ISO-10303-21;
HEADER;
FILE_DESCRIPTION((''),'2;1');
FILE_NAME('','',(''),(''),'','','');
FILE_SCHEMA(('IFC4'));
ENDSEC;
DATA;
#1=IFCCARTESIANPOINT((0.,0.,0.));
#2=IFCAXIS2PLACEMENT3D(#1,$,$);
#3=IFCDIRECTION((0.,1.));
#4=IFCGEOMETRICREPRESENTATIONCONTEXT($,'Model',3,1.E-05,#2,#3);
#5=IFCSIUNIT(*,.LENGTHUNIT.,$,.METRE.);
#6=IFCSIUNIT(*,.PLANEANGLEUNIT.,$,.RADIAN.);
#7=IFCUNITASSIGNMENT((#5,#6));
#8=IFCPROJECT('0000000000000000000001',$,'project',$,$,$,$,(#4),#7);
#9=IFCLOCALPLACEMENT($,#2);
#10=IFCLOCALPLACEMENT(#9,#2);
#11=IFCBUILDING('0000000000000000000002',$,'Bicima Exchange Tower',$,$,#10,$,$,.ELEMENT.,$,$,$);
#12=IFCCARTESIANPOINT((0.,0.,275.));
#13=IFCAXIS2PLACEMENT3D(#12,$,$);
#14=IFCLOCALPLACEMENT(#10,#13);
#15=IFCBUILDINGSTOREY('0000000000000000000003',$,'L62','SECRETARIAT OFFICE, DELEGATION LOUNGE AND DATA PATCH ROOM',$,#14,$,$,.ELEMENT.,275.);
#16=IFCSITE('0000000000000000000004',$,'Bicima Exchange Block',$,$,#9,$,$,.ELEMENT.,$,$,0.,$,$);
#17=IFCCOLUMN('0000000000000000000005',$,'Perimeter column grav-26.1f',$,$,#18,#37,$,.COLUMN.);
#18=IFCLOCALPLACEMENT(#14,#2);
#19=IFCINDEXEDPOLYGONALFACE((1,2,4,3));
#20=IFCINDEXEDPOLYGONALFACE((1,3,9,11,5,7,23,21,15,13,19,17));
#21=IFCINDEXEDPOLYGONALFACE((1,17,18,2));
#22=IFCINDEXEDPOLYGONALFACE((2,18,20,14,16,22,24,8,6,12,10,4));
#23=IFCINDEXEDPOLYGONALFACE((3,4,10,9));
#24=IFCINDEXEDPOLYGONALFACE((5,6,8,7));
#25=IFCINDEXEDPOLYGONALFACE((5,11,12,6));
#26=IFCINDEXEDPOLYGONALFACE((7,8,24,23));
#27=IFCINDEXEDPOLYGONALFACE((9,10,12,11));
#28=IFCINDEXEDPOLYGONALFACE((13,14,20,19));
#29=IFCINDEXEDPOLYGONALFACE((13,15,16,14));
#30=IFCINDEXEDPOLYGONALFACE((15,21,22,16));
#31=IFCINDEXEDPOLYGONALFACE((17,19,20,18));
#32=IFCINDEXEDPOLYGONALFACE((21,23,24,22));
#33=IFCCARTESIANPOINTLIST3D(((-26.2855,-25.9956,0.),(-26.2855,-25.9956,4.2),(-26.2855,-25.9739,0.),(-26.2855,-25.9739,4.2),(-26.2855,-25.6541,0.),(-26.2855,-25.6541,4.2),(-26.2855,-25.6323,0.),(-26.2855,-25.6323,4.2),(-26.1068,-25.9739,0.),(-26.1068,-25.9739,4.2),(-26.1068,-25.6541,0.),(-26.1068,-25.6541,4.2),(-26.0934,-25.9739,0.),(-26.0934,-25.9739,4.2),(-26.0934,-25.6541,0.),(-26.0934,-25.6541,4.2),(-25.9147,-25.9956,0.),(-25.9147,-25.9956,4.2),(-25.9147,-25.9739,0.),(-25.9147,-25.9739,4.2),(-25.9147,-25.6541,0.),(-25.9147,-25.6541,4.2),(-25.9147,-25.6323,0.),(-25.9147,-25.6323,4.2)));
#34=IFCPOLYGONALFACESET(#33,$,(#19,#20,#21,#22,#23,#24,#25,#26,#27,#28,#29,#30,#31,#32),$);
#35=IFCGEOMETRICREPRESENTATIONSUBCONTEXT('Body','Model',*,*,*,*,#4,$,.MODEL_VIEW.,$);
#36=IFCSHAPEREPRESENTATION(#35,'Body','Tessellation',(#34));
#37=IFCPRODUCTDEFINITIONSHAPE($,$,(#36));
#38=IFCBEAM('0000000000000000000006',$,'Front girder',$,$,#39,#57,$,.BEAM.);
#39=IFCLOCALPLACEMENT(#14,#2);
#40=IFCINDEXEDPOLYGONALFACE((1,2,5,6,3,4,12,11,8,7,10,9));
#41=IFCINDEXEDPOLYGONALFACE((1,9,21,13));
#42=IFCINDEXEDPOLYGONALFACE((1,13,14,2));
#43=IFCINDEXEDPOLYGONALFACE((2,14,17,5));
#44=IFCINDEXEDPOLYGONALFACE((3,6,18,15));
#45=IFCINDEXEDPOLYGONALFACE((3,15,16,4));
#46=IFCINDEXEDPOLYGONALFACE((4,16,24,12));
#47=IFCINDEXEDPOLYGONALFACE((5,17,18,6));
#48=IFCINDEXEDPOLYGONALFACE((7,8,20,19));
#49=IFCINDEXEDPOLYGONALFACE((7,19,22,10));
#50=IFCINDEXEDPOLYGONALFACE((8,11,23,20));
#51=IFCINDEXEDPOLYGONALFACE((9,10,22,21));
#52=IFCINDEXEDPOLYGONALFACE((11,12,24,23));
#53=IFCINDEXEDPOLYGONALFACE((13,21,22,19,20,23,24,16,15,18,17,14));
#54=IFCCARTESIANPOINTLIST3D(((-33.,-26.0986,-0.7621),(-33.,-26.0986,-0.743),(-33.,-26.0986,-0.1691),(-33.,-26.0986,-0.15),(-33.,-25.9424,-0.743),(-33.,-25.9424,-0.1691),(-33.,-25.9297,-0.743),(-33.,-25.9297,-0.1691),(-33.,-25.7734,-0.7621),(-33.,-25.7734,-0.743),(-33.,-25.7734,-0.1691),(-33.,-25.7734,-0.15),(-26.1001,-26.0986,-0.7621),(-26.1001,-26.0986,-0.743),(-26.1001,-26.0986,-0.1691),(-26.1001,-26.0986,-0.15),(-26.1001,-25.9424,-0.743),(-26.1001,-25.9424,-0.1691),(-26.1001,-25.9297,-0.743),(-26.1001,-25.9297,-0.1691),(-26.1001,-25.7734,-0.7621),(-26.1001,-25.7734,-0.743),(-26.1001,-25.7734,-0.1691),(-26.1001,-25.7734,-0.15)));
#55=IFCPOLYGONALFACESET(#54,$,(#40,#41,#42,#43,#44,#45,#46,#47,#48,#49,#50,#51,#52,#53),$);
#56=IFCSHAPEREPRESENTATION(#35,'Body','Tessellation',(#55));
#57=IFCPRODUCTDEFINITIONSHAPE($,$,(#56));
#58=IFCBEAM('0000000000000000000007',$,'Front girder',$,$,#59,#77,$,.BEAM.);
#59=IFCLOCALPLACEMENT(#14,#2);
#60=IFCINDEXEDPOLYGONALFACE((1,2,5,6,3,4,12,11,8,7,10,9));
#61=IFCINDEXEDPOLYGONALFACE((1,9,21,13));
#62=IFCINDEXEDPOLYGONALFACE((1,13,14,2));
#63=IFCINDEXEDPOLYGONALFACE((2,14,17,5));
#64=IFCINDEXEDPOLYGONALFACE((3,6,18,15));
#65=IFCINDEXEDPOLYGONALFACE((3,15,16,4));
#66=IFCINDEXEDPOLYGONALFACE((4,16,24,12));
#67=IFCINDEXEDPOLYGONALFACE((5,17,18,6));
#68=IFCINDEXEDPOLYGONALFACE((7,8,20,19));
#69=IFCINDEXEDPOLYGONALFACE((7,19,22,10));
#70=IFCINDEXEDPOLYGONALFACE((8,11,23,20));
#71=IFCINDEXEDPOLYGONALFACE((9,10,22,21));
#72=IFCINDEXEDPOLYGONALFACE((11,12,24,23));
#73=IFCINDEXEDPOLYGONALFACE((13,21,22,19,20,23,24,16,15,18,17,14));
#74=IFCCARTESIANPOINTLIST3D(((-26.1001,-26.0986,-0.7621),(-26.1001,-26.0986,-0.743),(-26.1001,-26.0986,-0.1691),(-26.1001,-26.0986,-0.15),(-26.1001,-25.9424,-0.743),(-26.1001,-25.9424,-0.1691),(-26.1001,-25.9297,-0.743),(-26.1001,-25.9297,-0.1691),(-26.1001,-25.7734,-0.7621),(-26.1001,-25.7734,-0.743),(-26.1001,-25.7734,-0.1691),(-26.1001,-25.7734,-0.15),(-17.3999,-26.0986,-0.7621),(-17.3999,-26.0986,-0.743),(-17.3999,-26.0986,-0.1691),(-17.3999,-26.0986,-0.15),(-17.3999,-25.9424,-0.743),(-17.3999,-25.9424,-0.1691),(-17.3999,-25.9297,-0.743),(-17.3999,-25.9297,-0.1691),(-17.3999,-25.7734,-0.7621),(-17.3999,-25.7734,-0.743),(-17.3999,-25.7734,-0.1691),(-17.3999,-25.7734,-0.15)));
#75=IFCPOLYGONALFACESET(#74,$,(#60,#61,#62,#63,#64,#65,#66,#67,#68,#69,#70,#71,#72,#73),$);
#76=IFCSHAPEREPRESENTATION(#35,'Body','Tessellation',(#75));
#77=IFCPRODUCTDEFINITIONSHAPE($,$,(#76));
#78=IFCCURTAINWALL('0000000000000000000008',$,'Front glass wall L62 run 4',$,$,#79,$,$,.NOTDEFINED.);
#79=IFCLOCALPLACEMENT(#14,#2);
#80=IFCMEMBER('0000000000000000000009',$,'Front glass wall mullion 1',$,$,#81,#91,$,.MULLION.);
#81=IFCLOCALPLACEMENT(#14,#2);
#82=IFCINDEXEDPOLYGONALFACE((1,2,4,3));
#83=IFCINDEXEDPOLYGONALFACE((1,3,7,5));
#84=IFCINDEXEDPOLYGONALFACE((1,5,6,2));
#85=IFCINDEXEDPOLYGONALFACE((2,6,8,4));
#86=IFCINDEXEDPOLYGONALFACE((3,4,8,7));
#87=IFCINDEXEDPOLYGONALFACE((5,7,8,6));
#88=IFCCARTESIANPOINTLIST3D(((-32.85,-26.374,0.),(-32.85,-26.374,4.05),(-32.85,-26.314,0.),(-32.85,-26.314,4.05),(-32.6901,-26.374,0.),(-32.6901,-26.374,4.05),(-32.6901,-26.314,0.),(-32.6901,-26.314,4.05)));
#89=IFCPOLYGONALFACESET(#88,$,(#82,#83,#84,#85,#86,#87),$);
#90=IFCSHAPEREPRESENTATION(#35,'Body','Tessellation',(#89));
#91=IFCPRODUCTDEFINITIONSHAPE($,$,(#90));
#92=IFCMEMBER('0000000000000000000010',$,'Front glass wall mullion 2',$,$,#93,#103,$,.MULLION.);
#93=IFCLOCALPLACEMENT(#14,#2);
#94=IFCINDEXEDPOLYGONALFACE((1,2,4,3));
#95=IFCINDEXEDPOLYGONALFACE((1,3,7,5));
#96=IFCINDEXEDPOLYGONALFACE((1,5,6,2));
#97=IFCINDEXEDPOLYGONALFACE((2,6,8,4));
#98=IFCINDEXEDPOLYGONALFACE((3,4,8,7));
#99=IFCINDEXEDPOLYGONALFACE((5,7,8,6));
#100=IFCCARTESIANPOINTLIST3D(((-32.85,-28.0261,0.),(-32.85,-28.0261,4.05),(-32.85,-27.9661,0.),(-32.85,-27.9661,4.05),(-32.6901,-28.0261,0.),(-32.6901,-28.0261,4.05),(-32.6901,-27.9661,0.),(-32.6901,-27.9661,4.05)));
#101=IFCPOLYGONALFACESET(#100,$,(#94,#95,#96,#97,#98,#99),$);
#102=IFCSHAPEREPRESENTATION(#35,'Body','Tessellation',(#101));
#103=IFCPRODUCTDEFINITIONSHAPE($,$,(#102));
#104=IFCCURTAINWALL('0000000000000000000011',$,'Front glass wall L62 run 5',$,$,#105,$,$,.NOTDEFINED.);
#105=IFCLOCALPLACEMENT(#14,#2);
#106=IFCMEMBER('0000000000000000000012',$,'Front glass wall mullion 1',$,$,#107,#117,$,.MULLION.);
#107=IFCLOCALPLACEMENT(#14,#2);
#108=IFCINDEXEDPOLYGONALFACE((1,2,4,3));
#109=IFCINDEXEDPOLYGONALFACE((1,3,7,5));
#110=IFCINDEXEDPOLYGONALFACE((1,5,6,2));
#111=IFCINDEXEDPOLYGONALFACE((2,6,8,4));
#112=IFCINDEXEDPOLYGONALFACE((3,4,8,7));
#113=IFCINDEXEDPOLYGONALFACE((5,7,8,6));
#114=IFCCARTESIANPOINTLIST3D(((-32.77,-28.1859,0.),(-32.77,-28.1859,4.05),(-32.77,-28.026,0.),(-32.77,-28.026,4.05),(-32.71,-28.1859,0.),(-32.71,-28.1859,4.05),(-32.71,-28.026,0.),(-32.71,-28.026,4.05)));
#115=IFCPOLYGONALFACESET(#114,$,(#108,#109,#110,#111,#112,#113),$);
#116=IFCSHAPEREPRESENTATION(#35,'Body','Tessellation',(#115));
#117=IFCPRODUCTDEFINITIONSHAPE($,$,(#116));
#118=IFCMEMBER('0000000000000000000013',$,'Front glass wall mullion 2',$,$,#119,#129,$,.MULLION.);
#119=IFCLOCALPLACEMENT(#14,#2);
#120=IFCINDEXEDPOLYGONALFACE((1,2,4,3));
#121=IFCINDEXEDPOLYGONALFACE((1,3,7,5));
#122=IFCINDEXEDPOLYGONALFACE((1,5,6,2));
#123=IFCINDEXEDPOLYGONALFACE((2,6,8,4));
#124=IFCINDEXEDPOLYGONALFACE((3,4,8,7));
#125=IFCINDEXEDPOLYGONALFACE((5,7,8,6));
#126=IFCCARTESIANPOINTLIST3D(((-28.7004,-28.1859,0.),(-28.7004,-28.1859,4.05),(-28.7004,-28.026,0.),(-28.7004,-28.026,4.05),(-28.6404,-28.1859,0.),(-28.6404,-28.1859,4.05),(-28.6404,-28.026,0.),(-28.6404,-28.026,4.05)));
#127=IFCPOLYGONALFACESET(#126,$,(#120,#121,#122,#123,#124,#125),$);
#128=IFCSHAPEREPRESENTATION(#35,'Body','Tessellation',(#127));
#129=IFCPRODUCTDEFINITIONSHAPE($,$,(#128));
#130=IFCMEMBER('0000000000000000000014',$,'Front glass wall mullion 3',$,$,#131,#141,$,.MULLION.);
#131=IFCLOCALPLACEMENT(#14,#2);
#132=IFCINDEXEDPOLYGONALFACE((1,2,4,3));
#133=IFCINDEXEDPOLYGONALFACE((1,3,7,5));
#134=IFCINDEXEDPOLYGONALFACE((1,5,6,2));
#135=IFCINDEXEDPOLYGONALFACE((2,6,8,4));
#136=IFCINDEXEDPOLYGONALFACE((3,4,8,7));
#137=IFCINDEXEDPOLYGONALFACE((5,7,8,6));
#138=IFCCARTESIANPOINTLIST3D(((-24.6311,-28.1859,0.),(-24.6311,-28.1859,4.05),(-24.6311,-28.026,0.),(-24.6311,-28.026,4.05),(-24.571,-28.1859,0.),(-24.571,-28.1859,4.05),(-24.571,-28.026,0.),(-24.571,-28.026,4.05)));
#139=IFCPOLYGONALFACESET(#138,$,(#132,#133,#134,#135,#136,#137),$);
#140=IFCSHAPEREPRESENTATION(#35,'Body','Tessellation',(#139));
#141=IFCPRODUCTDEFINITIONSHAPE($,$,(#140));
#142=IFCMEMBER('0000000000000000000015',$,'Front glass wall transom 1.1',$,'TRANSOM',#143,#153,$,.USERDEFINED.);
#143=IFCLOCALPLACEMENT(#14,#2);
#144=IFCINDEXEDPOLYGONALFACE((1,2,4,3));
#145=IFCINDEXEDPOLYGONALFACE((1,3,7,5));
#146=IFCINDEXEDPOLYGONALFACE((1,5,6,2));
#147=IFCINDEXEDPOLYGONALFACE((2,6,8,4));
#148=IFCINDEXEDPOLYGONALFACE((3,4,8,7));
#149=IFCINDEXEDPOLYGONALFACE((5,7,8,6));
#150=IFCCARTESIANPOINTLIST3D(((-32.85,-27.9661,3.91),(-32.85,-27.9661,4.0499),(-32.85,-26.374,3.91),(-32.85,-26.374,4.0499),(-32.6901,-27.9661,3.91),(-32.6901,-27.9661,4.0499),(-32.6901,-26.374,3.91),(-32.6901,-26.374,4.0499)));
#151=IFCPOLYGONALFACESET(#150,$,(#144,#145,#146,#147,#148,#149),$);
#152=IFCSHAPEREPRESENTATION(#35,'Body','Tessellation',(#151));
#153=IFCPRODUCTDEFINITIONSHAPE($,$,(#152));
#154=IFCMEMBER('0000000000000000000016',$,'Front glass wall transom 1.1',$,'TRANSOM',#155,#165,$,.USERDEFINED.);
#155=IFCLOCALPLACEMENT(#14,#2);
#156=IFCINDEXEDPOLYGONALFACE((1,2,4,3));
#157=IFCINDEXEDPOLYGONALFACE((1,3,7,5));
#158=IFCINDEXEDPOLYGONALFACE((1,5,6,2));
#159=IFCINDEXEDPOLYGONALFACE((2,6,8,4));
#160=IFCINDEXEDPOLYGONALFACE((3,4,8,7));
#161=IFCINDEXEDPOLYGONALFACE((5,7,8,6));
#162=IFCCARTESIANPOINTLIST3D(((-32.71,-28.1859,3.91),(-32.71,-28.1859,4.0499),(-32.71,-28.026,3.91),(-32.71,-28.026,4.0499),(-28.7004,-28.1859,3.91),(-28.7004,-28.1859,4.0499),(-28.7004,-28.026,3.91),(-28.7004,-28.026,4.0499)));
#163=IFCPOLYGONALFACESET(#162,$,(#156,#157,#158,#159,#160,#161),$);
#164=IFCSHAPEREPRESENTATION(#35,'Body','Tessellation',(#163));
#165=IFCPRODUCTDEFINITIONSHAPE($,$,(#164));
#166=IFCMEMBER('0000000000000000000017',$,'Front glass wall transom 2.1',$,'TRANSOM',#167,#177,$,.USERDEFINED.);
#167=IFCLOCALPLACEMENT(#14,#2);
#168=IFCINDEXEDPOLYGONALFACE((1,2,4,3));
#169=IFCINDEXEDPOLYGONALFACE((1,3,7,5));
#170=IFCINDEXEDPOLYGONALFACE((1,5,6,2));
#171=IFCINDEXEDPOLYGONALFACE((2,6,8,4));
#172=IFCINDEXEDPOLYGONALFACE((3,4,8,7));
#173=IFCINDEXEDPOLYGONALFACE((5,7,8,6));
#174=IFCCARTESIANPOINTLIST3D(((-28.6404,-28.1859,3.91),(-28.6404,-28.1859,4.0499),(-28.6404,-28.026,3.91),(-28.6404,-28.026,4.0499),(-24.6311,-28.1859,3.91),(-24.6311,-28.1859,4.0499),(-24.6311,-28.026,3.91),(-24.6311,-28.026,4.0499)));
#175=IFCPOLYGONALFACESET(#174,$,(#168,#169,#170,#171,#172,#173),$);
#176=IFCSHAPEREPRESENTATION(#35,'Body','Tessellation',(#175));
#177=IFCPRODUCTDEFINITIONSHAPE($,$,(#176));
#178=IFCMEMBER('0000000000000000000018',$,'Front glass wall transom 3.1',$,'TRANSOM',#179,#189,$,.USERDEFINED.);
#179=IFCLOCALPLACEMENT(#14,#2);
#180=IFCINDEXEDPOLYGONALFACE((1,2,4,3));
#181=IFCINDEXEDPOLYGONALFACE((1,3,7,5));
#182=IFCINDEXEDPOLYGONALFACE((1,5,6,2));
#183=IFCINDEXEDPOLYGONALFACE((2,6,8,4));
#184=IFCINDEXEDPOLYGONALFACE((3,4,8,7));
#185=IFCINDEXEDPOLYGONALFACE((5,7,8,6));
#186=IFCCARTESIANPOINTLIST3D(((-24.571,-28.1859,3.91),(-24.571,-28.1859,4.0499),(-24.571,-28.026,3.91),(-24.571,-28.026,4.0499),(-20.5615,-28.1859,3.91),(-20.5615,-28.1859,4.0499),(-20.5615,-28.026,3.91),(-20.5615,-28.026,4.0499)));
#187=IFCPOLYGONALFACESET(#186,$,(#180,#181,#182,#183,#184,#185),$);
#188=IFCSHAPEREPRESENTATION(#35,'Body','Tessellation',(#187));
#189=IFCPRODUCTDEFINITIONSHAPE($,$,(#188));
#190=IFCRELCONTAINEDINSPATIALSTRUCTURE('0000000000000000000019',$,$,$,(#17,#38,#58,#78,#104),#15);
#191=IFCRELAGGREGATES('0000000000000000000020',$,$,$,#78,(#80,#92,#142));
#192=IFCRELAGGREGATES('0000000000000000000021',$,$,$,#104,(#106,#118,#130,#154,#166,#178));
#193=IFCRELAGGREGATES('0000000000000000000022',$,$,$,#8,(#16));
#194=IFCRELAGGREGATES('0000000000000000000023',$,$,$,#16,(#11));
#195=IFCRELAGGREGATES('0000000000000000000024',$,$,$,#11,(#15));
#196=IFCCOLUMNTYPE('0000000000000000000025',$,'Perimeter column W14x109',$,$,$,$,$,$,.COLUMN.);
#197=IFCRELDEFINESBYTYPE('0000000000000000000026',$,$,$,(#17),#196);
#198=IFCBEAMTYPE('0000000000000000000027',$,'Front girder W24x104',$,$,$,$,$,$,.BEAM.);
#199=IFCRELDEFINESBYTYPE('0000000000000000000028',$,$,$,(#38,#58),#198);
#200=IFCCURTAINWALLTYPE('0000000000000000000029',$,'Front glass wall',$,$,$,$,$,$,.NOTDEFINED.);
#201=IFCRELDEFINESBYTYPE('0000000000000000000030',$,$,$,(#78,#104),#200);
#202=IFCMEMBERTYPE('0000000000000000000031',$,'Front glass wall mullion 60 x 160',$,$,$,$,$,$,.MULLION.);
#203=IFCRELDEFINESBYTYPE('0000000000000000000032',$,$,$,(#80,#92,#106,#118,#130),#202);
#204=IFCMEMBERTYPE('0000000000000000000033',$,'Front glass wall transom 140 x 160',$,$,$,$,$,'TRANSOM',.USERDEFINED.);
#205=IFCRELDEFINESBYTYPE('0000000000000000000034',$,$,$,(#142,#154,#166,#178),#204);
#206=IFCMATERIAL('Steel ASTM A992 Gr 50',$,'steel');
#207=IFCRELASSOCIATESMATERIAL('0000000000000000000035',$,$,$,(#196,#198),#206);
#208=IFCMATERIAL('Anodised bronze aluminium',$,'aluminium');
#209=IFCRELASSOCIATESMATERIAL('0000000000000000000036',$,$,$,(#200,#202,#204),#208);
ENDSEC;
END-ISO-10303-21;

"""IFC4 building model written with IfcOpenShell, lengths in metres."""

from ifc_helpers import new_model, si_unit, direction, frame, origin, origin_2d, place, context, subcontext, project, spatial, rectangle, i_section, extrude, material, material_profile, profile_set, type_object, element, aggregate, save


model = new_model("IFC4")

# Units and contexts
model_context = context("Model", 3, precision=1e-05, world=origin(), true_north=direction((0.0, 1.0)))
body_context = subcontext(model_context, "Body", "Model", "MODEL_VIEW")
ifc_project = project(units=[si_unit("LENGTHUNIT", "METRE"), si_unit("PLANEANGLEUNIT", "RADIAN")], contexts=[model_context])

# Site, building, storey
site_placement = place(None, origin())
site = spatial("IfcSite", under=ifc_project, at=site_placement, Name="Bicima Exchange Block", CompositionType="ELEMENT", RefElevation=0.0)
building_placement = place(site_placement, origin())
building = spatial("IfcBuilding", under=site, at=building_placement, Name="Bicima Exchange Tower", CompositionType="ELEMENT")
storey_placement = place(building_placement, frame((0.0, 0.0, 275.0)))
storey = spatial("IfcBuildingStorey", under=building, at=storey_placement, Name="L62", Description="SECRETARIAT OFFICE, DELEGATION LOUNGE AND DATA PATCH ROOM", CompositionType="ELEMENT", Elevation=275.0)

# Column
ifc_material_1 = material(Name="Steel ASTM A992 Gr 50", Category="steel")
ifc_material_profile_1 = material_profile(ifc_material_1, i_section(OverallWidth=0.3708, OverallDepth=0.3633, WebThickness=0.0134, FlangeThickness=0.0217, at=origin_2d()))
ifc_profile_set_1 = profile_set([ifc_material_profile_1], Name="Steel ASTM A992 Gr 50")
column_type = type_object("IfcColumnType", Name="Perimeter column W14x109", PredefinedType="COLUMN", material=ifc_profile_set_1)
column_placement = place(storey_placement, frame((-26.1001, -25.814, 0.0), z_axis=(0.0, 0.0, 1.0), x_axis=(1.0, 0.0, 0.0)))
element("IfcColumn", 1, at=column_placement, inside=storey, type_object=column_type, Name="Perimeter column grav-26.1f", PredefinedType="COLUMN", context=body_context, shape_type="SweptSolid", body=[
    extrude(i_section(OverallWidth=0.3708, OverallDepth=0.3633, WebThickness=0.0134, FlangeThickness=0.0217, at=origin_2d()), origin(), (0.0, 0.0, 1.0), 4.2),
])

# Beams
ifc_material_profile_2 = material_profile(ifc_material_1, i_section(OverallWidth=0.3252, OverallDepth=0.6121, WebThickness=0.0127, FlangeThickness=0.019, at=origin_2d()))
ifc_profile_set_2 = profile_set([ifc_material_profile_2], Name="Steel ASTM A992 Gr 50")
beam_type = type_object("IfcBeamType", Name="Front girder W24x104", PredefinedType="BEAM", material=ifc_profile_set_2)
beam_1_placement = place(storey_placement, frame((-33.0, -25.936, -0.4561), z_axis=(1.0, 0.0, 0.0), x_axis=(0.0, 1.0, 0.0)))
element("IfcBeam", 2, at=beam_1_placement, inside=storey, type_object=beam_type, Name="Front girder", PredefinedType="BEAM", context=body_context, shape_type="SweptSolid", body=[
    extrude(i_section(OverallWidth=0.3252, OverallDepth=0.6121, WebThickness=0.0127, FlangeThickness=0.019, at=origin_2d()), origin(), (0.0, 0.0, 1.0), 6.8999),
])
beam_2_placement = place(storey_placement, frame((-26.1001, -25.936, -0.4561), z_axis=(1.0, 0.0, 0.0), x_axis=(0.0, 1.0, 0.0)))
element("IfcBeam", 3, at=beam_2_placement, inside=storey, type_object=beam_type, Name="Front girder", PredefinedType="BEAM", context=body_context, shape_type="SweptSolid", body=[
    extrude(i_section(OverallWidth=0.3252, OverallDepth=0.6121, WebThickness=0.0127, FlangeThickness=0.019, at=origin_2d()), origin(), (0.0, 0.0, 1.0), 8.7002),
])

# Curtain walls, members
ifc_material_2 = material(Name="Anodised bronze aluminium", Category="aluminium")
curtain_wall_type = type_object("IfcCurtainWallType", Name="Front glass wall", PredefinedType="NOTDEFINED", material=ifc_material_2)
curtain_wall_1_placement = place(storey_placement, origin())
curtain_wall_1 = element("IfcCurtainWall", 4, at=curtain_wall_1_placement, inside=storey, type_object=curtain_wall_type, Name="Front glass wall L62 run 4", PredefinedType="NOTDEFINED")
ifc_material_profile_3 = material_profile(ifc_material_2, rectangle(XDim=0.1599, YDim=0.0601, at=origin_2d()))
ifc_profile_set_3 = profile_set([ifc_material_profile_3], Name="Anodised bronze aluminium")
member_type_1 = type_object("IfcMemberType", Name="Front glass wall mullion 60 x 160", PredefinedType="MULLION", material=ifc_profile_set_3)
member_1_placement = place(storey_placement, frame((-32.77, -26.344, 0.0), z_axis=(0.0, 0.0, 1.0), x_axis=(1.0, 0.0, 0.0)))
member_1 = element("IfcMember", 5, at=member_1_placement, type_object=member_type_1, Name="Front glass wall mullion 1", PredefinedType="MULLION", context=body_context, shape_type="SweptSolid", body=[
    extrude(rectangle(XDim=0.1599, YDim=0.0601, at=origin_2d()), origin(), (0.0, 0.0, 1.0), 4.05),
])
member_2_placement = place(storey_placement, frame((-32.77, -27.9961, 0.0), z_axis=(0.0, 0.0, 1.0), x_axis=(1.0, 0.0, 0.0)))
member_2 = element("IfcMember", 6, at=member_2_placement, type_object=member_type_1, Name="Front glass wall mullion 2", PredefinedType="MULLION", context=body_context, shape_type="SweptSolid", body=[
    extrude(rectangle(XDim=0.1599, YDim=0.0601, at=origin_2d()), origin(), (0.0, 0.0, 1.0), 4.05),
])
curtain_wall_2_placement = place(storey_placement, origin())
curtain_wall_2 = element("IfcCurtainWall", 7, at=curtain_wall_2_placement, inside=storey, type_object=curtain_wall_type, Name="Front glass wall L62 run 5", PredefinedType="NOTDEFINED")
member_3_placement = place(storey_placement, frame((-32.74, -28.106, 0.0), z_axis=(0.0, 0.0, 1.0), x_axis=(0.0, 1.0, 0.0)))
member_3 = element("IfcMember", 8, at=member_3_placement, type_object=member_type_1, Name="Front glass wall mullion 1", PredefinedType="MULLION", context=body_context, shape_type="SweptSolid", body=[
    extrude(rectangle(XDim=0.1599, YDim=0.0601, at=origin_2d()), origin(), (0.0, 0.0, 1.0), 4.05),
])
member_4_placement = place(storey_placement, frame((-28.6704, -28.106, 0.0), z_axis=(0.0, 0.0, 1.0), x_axis=(0.0, 1.0, 0.0)))
member_4 = element("IfcMember", 9, at=member_4_placement, type_object=member_type_1, Name="Front glass wall mullion 2", PredefinedType="MULLION", context=body_context, shape_type="SweptSolid", body=[
    extrude(rectangle(XDim=0.1599, YDim=0.0601, at=origin_2d()), origin(), (0.0, 0.0, 1.0), 4.05),
])
member_5_placement = place(storey_placement, frame((-24.6011, -28.106, 0.0), z_axis=(0.0, 0.0, 1.0), x_axis=(0.0, 1.0, 0.0)))
member_5 = element("IfcMember", 10, at=member_5_placement, type_object=member_type_1, Name="Front glass wall mullion 3", PredefinedType="MULLION", context=body_context, shape_type="SweptSolid", body=[
    extrude(rectangle(XDim=0.1599, YDim=0.0601, at=origin_2d()), origin(), (0.0, 0.0, 1.0), 4.05),
])

# Members
ifc_material_profile_4 = material_profile(ifc_material_2, rectangle(XDim=0.1599, YDim=0.1399, at=origin_2d()))
ifc_profile_set_4 = profile_set([ifc_material_profile_4], Name="Anodised bronze aluminium")
member_type_2 = type_object("IfcMemberType", Name="Front glass wall transom 140 x 160", ElementType="TRANSOM", PredefinedType="USERDEFINED", material=ifc_profile_set_4)
member_6_placement = place(storey_placement, frame((-32.77, -26.374, 3.98), z_axis=(0.0, -1.0, 0.0), x_axis=(1.0, 0.0, 0.0)))
member_6 = element("IfcMember", 11, at=member_6_placement, type_object=member_type_2, Name="Front glass wall transom 1.1", ObjectType="TRANSOM", PredefinedType="USERDEFINED", context=body_context, shape_type="SweptSolid", body=[
    extrude(rectangle(XDim=0.1599, YDim=0.1399, at=origin_2d()), origin(), (0.0, 0.0, 1.0), 1.592),
])
member_7_placement = place(storey_placement, frame((-32.71, -28.106, 3.98), z_axis=(1.0, 0.0, 0.0), x_axis=(0.0, 1.0, 0.0)))
member_7 = element("IfcMember", 12, at=member_7_placement, type_object=member_type_2, Name="Front glass wall transom 1.1", ObjectType="TRANSOM", PredefinedType="USERDEFINED", context=body_context, shape_type="SweptSolid", body=[
    extrude(rectangle(XDim=0.1599, YDim=0.1399, at=origin_2d()), origin(), (0.0, 0.0, 1.0), 4.0095),
])
member_8_placement = place(storey_placement, frame((-28.6404, -28.106, 3.98), z_axis=(1.0, 0.0, 0.0), x_axis=(0.0, 1.0, 0.0)))
member_8 = element("IfcMember", 13, at=member_8_placement, type_object=member_type_2, Name="Front glass wall transom 2.1", ObjectType="TRANSOM", PredefinedType="USERDEFINED", context=body_context, shape_type="SweptSolid", body=[
    extrude(rectangle(XDim=0.1599, YDim=0.1399, at=origin_2d()), origin(), (0.0, 0.0, 1.0), 4.0093),
])
member_9_placement = place(storey_placement, frame((-24.571, -28.106, 3.98), z_axis=(1.0, 0.0, 0.0), x_axis=(0.0, 1.0, 0.0)))
member_9 = element("IfcMember", 14, at=member_9_placement, type_object=member_type_2, Name="Front glass wall transom 3.1", ObjectType="TRANSOM", PredefinedType="USERDEFINED", context=body_context, shape_type="SweptSolid", body=[
    extrude(rectangle(XDim=0.1599, YDim=0.1399, at=origin_2d()), origin(), (0.0, 0.0, 1.0), 4.0095),
])

aggregate(curtain_wall_1, [member_1, member_2, member_6])
aggregate(curtain_wall_2, [member_3, member_4, member_5, member_7, member_8, member_9])

save(model, "model.ifc")
